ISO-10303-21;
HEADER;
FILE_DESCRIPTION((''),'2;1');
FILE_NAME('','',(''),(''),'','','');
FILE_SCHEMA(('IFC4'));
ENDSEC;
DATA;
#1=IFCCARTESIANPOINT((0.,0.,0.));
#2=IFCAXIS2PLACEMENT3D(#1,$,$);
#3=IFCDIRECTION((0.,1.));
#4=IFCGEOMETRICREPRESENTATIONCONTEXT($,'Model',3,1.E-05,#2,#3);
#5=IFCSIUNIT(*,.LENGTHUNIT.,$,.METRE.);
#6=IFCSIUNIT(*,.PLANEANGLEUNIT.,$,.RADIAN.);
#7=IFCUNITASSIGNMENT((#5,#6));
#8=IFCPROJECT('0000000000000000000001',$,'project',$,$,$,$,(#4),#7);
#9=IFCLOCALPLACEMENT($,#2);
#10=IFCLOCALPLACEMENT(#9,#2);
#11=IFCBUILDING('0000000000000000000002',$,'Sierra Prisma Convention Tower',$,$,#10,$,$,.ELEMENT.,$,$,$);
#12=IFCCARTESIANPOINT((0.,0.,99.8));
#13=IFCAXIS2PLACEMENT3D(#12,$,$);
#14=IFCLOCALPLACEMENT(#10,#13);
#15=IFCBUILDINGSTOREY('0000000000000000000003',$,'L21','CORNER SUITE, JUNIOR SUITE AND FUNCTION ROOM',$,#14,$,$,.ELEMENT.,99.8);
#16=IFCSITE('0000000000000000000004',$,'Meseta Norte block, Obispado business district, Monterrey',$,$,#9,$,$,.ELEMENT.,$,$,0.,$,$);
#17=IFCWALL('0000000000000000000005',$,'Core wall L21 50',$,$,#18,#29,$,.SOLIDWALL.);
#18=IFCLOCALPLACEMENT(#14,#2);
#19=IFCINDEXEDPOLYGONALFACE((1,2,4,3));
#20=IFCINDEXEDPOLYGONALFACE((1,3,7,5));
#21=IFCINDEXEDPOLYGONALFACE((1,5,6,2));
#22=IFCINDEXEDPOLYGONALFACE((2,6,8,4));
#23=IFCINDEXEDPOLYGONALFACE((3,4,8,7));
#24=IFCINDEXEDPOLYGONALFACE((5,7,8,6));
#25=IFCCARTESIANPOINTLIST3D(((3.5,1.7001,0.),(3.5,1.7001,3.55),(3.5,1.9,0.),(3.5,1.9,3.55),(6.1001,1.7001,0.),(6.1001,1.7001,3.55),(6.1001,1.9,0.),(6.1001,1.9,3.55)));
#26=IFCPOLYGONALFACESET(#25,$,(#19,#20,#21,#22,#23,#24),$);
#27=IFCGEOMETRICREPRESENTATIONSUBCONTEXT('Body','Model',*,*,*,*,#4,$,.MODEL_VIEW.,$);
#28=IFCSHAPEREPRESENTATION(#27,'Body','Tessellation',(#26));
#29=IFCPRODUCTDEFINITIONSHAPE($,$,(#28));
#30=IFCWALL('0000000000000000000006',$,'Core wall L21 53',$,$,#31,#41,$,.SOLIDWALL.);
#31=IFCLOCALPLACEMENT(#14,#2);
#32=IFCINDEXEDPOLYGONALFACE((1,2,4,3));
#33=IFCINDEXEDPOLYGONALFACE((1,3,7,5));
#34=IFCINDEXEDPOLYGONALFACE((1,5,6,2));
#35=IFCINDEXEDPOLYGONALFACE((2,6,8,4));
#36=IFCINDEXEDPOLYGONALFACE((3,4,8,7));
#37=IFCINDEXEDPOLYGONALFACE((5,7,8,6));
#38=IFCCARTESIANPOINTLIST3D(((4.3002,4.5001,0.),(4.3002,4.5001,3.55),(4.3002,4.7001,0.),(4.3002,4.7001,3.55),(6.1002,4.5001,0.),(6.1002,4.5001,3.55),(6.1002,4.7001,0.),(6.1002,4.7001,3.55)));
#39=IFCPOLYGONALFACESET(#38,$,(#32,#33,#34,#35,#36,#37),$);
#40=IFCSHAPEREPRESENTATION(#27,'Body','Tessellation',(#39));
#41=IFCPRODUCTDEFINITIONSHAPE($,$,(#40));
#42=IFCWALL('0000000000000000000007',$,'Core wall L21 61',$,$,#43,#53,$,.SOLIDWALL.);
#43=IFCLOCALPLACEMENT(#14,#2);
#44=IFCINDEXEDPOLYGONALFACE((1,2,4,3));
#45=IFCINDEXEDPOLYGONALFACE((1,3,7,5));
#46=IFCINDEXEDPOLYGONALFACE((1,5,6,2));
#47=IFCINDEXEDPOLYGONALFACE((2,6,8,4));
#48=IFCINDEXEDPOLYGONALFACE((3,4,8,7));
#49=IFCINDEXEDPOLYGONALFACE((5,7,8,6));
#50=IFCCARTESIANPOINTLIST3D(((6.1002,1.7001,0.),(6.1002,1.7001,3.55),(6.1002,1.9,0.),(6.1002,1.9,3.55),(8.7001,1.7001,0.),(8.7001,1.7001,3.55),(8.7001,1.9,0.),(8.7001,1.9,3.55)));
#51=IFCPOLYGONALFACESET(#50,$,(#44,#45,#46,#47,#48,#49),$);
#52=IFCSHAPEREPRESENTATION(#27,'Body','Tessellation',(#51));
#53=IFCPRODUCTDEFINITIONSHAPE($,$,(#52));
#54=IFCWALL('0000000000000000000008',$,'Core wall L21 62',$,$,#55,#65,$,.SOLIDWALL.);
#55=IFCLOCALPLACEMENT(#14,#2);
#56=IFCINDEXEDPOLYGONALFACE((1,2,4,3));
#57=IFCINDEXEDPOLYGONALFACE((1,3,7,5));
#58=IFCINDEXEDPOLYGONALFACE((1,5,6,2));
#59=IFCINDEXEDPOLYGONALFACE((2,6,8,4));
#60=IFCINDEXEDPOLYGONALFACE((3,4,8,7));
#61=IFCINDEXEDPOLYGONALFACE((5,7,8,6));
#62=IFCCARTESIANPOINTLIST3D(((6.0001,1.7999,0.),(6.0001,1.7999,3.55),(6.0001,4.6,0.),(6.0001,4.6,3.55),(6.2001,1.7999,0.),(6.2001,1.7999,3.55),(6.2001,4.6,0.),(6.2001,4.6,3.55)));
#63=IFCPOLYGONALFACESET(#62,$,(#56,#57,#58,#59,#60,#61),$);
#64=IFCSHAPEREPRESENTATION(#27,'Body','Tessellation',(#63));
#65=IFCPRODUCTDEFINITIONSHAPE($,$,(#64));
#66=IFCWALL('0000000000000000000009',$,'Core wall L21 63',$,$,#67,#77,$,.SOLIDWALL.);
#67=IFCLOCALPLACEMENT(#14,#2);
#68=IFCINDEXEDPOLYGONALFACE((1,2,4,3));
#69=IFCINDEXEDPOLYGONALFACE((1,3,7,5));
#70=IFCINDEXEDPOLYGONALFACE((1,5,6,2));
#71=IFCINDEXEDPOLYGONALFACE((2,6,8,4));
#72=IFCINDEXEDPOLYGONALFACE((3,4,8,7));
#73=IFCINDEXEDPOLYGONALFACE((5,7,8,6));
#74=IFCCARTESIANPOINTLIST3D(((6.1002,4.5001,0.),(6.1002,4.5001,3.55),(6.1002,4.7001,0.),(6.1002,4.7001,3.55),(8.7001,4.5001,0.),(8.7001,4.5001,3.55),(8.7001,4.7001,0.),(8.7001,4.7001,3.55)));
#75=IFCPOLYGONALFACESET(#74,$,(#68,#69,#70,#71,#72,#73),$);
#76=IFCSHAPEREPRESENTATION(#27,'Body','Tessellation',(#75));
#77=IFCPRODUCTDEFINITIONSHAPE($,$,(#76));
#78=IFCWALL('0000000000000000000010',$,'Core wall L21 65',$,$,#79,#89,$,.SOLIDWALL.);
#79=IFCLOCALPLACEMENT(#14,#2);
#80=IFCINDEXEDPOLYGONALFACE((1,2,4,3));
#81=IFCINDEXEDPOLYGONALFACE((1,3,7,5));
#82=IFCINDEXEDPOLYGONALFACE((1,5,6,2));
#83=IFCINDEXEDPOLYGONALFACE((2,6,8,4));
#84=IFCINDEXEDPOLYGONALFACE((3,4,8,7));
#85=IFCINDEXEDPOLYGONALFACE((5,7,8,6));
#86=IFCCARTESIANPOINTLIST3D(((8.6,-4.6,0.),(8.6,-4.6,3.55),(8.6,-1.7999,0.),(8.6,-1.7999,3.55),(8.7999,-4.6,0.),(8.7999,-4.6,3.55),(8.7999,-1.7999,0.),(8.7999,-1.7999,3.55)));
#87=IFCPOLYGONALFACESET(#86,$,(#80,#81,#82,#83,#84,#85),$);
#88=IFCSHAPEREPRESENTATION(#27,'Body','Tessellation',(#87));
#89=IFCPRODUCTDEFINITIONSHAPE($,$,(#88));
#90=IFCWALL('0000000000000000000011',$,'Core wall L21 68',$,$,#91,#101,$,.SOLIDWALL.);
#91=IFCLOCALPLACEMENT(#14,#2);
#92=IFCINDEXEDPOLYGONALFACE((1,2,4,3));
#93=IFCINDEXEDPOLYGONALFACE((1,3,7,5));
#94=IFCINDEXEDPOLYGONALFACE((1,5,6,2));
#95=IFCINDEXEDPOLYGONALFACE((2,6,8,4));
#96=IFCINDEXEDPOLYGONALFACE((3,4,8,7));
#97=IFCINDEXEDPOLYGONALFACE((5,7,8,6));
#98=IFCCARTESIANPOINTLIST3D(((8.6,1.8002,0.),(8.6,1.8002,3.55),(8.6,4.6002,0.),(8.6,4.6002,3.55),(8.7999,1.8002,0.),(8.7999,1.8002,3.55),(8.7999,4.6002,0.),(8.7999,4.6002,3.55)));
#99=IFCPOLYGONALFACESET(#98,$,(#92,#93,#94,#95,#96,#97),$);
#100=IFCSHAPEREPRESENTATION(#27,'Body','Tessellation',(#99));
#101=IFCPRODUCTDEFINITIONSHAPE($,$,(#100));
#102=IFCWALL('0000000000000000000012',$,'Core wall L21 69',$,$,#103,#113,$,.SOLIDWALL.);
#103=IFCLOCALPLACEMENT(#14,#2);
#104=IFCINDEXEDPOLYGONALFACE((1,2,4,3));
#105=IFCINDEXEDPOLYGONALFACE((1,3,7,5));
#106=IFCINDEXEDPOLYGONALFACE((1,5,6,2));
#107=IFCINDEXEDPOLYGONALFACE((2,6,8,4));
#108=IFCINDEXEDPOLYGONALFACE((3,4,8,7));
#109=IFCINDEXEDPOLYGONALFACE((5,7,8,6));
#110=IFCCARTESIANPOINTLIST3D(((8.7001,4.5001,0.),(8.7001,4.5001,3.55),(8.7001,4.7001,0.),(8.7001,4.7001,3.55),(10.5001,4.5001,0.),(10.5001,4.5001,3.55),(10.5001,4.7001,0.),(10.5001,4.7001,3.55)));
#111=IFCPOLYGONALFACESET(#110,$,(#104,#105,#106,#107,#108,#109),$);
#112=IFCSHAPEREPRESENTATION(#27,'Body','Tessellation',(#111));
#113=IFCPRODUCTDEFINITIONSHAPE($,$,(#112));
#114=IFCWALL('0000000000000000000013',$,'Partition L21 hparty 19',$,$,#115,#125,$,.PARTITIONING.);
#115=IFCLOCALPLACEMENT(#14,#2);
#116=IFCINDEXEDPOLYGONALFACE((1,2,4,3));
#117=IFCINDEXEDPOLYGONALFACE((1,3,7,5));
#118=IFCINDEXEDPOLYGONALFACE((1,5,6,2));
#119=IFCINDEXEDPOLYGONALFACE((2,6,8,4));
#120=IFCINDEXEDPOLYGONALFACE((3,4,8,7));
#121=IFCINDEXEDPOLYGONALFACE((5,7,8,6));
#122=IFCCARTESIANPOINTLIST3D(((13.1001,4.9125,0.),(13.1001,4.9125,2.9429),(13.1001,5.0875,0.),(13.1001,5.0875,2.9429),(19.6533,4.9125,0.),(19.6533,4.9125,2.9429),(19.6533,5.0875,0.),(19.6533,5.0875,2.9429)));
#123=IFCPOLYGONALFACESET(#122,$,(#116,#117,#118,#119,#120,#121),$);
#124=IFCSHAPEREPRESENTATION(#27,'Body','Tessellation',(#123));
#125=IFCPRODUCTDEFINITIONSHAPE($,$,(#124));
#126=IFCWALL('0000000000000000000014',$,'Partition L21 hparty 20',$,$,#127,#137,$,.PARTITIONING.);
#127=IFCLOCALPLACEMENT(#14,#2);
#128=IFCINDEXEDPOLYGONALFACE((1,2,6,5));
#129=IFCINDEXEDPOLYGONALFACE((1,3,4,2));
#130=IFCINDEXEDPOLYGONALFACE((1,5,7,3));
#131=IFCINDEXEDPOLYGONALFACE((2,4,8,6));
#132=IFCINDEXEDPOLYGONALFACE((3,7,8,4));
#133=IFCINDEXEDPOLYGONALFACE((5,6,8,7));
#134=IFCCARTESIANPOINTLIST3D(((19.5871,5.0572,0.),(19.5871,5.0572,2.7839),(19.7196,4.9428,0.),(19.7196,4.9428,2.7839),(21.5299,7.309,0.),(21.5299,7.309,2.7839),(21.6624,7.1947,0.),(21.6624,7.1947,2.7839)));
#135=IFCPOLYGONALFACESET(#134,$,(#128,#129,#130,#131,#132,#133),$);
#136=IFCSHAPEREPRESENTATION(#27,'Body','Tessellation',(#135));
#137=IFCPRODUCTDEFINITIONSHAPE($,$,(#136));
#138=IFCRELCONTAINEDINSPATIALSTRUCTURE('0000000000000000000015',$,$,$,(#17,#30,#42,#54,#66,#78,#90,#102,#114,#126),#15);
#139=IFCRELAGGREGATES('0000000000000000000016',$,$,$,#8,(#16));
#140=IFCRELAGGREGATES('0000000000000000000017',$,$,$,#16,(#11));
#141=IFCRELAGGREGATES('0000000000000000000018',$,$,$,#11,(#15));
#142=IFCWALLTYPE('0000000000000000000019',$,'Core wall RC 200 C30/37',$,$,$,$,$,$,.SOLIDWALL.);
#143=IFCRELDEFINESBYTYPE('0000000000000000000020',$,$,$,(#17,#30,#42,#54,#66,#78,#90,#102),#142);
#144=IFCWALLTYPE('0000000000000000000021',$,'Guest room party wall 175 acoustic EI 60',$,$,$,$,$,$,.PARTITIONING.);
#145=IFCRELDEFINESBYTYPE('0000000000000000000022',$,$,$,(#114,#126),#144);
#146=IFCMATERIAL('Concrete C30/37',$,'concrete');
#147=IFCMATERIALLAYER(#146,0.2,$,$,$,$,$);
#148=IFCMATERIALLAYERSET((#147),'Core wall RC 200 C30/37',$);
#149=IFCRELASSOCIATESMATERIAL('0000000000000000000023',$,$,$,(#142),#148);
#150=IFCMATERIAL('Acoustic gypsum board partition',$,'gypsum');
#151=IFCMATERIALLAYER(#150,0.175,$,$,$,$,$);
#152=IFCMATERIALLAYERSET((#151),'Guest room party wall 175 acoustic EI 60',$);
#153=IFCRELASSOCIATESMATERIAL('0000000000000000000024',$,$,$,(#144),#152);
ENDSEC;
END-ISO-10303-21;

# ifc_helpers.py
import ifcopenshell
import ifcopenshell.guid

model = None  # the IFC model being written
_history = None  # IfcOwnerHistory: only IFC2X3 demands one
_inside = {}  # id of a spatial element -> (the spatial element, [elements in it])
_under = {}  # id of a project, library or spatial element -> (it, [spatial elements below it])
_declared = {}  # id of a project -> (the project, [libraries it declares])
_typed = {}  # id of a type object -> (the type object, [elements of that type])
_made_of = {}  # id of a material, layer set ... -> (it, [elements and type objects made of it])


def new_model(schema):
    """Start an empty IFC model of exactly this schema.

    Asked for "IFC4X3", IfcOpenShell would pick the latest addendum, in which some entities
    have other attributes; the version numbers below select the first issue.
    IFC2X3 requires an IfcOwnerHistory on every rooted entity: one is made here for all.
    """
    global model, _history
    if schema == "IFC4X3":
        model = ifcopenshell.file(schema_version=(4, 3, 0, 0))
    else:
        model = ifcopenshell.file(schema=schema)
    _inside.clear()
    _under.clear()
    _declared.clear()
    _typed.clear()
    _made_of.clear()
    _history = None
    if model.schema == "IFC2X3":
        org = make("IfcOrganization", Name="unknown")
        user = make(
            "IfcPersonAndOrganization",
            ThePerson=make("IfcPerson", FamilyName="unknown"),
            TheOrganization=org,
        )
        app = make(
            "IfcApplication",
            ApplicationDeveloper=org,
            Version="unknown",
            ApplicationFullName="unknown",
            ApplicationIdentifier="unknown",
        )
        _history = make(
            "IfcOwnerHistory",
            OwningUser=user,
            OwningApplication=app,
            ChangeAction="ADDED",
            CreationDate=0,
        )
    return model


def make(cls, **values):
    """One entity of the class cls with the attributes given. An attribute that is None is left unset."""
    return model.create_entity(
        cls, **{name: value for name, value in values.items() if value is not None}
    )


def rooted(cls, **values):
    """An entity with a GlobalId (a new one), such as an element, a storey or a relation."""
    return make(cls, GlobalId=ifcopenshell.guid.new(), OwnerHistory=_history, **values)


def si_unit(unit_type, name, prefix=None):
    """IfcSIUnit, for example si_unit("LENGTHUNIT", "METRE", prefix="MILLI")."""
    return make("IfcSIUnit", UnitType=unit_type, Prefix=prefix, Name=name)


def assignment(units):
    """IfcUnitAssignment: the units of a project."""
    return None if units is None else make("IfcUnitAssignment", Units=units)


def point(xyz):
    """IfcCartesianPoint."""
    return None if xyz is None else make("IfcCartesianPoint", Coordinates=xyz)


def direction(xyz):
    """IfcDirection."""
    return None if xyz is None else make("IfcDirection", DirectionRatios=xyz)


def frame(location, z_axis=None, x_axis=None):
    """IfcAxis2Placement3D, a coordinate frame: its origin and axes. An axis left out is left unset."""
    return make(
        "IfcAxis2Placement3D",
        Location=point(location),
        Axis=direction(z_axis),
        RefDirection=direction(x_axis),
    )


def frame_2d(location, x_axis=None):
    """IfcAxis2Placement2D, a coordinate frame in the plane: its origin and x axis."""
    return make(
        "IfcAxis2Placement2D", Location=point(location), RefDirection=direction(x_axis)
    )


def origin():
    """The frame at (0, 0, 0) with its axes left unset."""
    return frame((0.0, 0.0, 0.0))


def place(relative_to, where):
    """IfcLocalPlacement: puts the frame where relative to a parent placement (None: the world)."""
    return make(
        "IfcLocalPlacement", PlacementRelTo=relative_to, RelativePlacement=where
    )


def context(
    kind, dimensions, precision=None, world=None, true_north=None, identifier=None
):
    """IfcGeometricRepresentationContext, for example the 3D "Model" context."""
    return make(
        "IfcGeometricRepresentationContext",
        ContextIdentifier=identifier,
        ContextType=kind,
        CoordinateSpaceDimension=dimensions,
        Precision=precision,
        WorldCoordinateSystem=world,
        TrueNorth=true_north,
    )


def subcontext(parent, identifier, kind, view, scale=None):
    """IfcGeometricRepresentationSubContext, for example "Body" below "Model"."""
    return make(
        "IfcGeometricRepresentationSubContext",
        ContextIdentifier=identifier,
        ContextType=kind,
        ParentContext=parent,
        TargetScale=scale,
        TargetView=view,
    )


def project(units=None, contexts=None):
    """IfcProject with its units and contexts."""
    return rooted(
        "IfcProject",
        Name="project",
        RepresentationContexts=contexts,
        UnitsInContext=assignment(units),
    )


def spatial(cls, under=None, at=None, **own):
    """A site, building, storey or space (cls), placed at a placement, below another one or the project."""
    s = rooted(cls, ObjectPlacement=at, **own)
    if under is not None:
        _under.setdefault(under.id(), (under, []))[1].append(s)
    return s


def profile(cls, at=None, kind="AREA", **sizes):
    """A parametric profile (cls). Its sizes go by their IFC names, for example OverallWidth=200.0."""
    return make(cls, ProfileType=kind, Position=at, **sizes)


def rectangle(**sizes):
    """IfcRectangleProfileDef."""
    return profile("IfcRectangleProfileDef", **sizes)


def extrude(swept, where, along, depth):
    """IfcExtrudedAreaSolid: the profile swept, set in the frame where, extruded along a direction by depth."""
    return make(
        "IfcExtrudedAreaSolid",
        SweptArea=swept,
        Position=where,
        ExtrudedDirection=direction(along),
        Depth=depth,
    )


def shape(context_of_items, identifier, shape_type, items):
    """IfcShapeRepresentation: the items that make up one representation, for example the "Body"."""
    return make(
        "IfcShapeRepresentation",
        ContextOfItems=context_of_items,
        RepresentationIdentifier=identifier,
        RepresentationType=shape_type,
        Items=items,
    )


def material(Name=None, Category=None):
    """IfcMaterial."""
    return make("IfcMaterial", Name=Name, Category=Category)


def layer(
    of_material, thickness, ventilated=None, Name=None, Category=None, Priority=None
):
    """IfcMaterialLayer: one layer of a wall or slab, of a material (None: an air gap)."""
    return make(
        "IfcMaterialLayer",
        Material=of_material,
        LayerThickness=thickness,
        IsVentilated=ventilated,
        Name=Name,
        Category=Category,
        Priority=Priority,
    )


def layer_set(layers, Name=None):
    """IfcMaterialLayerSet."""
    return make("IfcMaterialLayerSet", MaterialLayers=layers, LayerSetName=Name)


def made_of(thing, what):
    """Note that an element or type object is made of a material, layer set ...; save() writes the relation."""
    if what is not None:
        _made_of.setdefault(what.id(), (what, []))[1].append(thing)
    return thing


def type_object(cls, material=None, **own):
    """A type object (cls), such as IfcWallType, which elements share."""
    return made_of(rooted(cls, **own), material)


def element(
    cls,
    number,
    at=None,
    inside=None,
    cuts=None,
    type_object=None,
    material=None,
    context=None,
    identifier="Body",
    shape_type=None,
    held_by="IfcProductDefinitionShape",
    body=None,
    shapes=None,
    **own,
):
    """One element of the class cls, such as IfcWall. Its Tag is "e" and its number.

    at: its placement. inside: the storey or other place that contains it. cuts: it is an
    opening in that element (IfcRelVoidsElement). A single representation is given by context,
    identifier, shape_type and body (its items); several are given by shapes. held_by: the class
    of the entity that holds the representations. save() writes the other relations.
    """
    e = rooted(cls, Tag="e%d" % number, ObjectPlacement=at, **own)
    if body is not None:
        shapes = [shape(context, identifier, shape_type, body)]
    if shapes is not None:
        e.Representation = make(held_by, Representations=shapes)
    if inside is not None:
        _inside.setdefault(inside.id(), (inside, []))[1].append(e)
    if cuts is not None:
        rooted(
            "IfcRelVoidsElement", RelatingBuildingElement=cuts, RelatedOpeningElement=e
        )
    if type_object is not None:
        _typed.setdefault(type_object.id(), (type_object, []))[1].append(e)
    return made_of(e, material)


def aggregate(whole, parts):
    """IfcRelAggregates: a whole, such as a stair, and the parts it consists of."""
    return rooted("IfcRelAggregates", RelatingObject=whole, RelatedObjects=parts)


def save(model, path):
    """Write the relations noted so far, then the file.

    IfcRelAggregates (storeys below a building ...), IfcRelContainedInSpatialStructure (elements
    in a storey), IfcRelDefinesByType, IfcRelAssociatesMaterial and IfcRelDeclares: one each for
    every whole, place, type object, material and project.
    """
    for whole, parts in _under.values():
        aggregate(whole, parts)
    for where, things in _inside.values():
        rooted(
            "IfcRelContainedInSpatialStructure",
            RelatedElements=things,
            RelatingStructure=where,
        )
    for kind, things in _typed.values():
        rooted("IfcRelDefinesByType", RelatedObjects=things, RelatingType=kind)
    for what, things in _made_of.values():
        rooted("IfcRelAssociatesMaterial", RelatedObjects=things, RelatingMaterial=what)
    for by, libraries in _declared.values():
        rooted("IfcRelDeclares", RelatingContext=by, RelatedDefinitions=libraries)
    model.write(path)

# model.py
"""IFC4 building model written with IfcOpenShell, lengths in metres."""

from ifc_helpers import new_model, si_unit, direction, frame, frame_2d, origin, place, context, subcontext, project, spatial, rectangle, extrude, material, layer, layer_set, type_object, element, save


model = new_model("IFC4")

# Units and contexts
model_context = context("Model", 3, precision=1e-05, world=origin(), true_north=direction((0.0, 1.0)))
body_context = subcontext(model_context, "Body", "Model", "MODEL_VIEW")
ifc_project = project(units=[si_unit("LENGTHUNIT", "METRE"), si_unit("PLANEANGLEUNIT", "RADIAN")], contexts=[model_context])

# Site, building, storey
site_placement = place(None, origin())
site = spatial("IfcSite", under=ifc_project, at=site_placement, Name="Meseta Norte block, Obispado business district, Monterrey", CompositionType="ELEMENT", RefElevation=0.0)
building_placement = place(site_placement, origin())
building = spatial("IfcBuilding", under=site, at=building_placement, Name="Sierra Prisma Convention Tower", CompositionType="ELEMENT")
storey_placement = place(building_placement, frame((0.0, 0.0, 99.8)))
storey = spatial("IfcBuildingStorey", under=building, at=storey_placement, Name="L21", Description="CORNER SUITE, JUNIOR SUITE AND FUNCTION ROOM", CompositionType="ELEMENT", Elevation=99.8)

# Walls
ifc_material_1 = material(Name="Concrete C30/37", Category="concrete")
ifc_layer_1 = layer(ifc_material_1, 0.2)
ifc_layer_set_1 = layer_set([ifc_layer_1], Name="Core wall RC 200 C30/37")
wall_type_1 = type_object("IfcWallType", Name="Core wall RC 200 C30/37", PredefinedType="SOLIDWALL", material=ifc_layer_set_1)
wall_1_placement = place(storey_placement, frame((6.1001, 1.8, 0.0), z_axis=(0.0, 0.0, 1.0), x_axis=(-1.0, 0.0, 0.0)))
element("IfcWall", 1, at=wall_1_placement, inside=storey, type_object=wall_type_1, Name="Core wall L21 50", PredefinedType="SOLIDWALL", context=body_context, shape_type="SweptSolid", body=[
    extrude(rectangle(XDim=2.6001, YDim=0.2, at=frame_2d((1.3, 0.0))), origin(), (0.0, 0.0, 1.0), 3.55),
])
wall_2_placement = place(storey_placement, frame((6.1001, 4.6001, 0.0), z_axis=(0.0, 0.0, 1.0), x_axis=(-1.0, 0.0, 0.0)))
element("IfcWall", 2, at=wall_2_placement, inside=storey, type_object=wall_type_1, Name="Core wall L21 53", PredefinedType="SOLIDWALL", context=body_context, shape_type="SweptSolid", body=[
    extrude(rectangle(XDim=1.8, YDim=0.2, at=frame_2d((0.8999, 0.0))), origin(), (0.0, 0.0, 1.0), 3.55),
])
wall_3_placement = place(storey_placement, frame((8.7, 1.8, 0.0), z_axis=(0.0, 0.0, 1.0), x_axis=(-1.0, 0.0, 0.0)))
element("IfcWall", 3, at=wall_3_placement, inside=storey, type_object=wall_type_1, Name="Core wall L21 61", PredefinedType="SOLIDWALL", context=body_context, shape_type="SweptSolid", body=[
    extrude(rectangle(XDim=2.5999, YDim=0.2, at=frame_2d((1.2998, 0.0))), origin(), (0.0, 0.0, 1.0), 3.55),
])
wall_4_placement = place(storey_placement, frame((6.1001, 1.8, 0.0), z_axis=(0.0, 0.0, 1.0), x_axis=(0.0, 1.0, 0.0)))
element("IfcWall", 4, at=wall_4_placement, inside=storey, type_object=wall_type_1, Name="Core wall L21 62", PredefinedType="SOLIDWALL", context=body_context, shape_type="SweptSolid", body=[
    extrude(rectangle(XDim=2.8, YDim=0.2, at=frame_2d((1.3999, 0.0))), origin(), (0.0, 0.0, 1.0), 3.55),
])
wall_5_placement = place(storey_placement, frame((8.7, 4.6001, 0.0), z_axis=(0.0, 0.0, 1.0), x_axis=(-1.0, 0.0, 0.0)))
element("IfcWall", 5, at=wall_5_placement, inside=storey, type_object=wall_type_1, Name="Core wall L21 63", PredefinedType="SOLIDWALL", context=body_context, shape_type="SweptSolid", body=[
    extrude(rectangle(XDim=2.5999, YDim=0.2, at=frame_2d((1.2998, 0.0))), origin(), (0.0, 0.0, 1.0), 3.55),
])
wall_6_placement = place(storey_placement, frame((8.7, -1.8, 0.0), z_axis=(0.0, 0.0, 1.0), x_axis=(0.0, -1.0, 0.0)))
element("IfcWall", 6, at=wall_6_placement, inside=storey, type_object=wall_type_1, Name="Core wall L21 65", PredefinedType="SOLIDWALL", context=body_context, shape_type="SweptSolid", body=[
    extrude(rectangle(XDim=2.8, YDim=0.2, at=frame_2d((1.3999, 0.0))), origin(), (0.0, 0.0, 1.0), 3.55),
])

# Walls
wall_7_placement = place(storey_placement, frame((8.7, 4.6001, 0.0), z_axis=(0.0, 0.0, 1.0), x_axis=(0.0, -1.0, 0.0)))
element("IfcWall", 7, at=wall_7_placement, inside=storey, type_object=wall_type_1, Name="Core wall L21 68", PredefinedType="SOLIDWALL", context=body_context, shape_type="SweptSolid", body=[
    extrude(rectangle(XDim=2.8, YDim=0.2, at=frame_2d((1.3999, 0.0))), origin(), (0.0, 0.0, 1.0), 3.55),
])
wall_8_placement = place(storey_placement, frame((10.5, 4.6001, 0.0), z_axis=(0.0, 0.0, 1.0), x_axis=(-1.0, 0.0, 0.0)))
element("IfcWall", 8, at=wall_8_placement, inside=storey, type_object=wall_type_1, Name="Core wall L21 69", PredefinedType="SOLIDWALL", context=body_context, shape_type="SweptSolid", body=[
    extrude(rectangle(XDim=1.8, YDim=0.2, at=frame_2d((0.8999, 0.0))), origin(), (0.0, 0.0, 1.0), 3.55),
])
ifc_material_2 = material(Name="Acoustic gypsum board partition", Category="gypsum")
ifc_layer_2 = layer(ifc_material_2, 0.175)
ifc_layer_set_2 = layer_set([ifc_layer_2], Name="Guest room party wall 175 acoustic EI 60")
wall_type_2 = type_object("IfcWallType", Name="Guest room party wall 175 acoustic EI 60", PredefinedType="PARTITIONING", material=ifc_layer_set_2)
wall_9_placement = place(storey_placement, frame((13.1001, 5.0, 0.0), z_axis=(0.0, 0.0, 1.0), x_axis=(1.0, 0.0, 0.0)))
element("IfcWall", 9, at=wall_9_placement, inside=storey, type_object=wall_type_2, Name="Partition L21 hparty 19", PredefinedType="PARTITIONING", context=body_context, shape_type="SweptSolid", body=[
    extrude(rectangle(XDim=6.5532, YDim=0.175, at=frame_2d((3.2766, 0.0))), origin(), (0.0, 0.0, 1.0), 2.9429),
])
wall_10_placement = place(storey_placement, frame((19.6533, 5.0, 0.0), z_axis=(0.0, 0.0, 1.0), x_axis=(0.653235, 0.757155, 0.0)))
element("IfcWall", 10, at=wall_10_placement, inside=storey, type_object=wall_type_2, Name="Partition L21 hparty 20", PredefinedType="PARTITIONING", context=body_context, shape_type="SweptSolid", body=[
    extrude(rectangle(XDim=2.9741, YDim=0.175, at=frame_2d((1.4871, 0.0))), origin(), (0.0, 0.0, 1.0), 2.7839),
])

save(model, "model.ifc")
